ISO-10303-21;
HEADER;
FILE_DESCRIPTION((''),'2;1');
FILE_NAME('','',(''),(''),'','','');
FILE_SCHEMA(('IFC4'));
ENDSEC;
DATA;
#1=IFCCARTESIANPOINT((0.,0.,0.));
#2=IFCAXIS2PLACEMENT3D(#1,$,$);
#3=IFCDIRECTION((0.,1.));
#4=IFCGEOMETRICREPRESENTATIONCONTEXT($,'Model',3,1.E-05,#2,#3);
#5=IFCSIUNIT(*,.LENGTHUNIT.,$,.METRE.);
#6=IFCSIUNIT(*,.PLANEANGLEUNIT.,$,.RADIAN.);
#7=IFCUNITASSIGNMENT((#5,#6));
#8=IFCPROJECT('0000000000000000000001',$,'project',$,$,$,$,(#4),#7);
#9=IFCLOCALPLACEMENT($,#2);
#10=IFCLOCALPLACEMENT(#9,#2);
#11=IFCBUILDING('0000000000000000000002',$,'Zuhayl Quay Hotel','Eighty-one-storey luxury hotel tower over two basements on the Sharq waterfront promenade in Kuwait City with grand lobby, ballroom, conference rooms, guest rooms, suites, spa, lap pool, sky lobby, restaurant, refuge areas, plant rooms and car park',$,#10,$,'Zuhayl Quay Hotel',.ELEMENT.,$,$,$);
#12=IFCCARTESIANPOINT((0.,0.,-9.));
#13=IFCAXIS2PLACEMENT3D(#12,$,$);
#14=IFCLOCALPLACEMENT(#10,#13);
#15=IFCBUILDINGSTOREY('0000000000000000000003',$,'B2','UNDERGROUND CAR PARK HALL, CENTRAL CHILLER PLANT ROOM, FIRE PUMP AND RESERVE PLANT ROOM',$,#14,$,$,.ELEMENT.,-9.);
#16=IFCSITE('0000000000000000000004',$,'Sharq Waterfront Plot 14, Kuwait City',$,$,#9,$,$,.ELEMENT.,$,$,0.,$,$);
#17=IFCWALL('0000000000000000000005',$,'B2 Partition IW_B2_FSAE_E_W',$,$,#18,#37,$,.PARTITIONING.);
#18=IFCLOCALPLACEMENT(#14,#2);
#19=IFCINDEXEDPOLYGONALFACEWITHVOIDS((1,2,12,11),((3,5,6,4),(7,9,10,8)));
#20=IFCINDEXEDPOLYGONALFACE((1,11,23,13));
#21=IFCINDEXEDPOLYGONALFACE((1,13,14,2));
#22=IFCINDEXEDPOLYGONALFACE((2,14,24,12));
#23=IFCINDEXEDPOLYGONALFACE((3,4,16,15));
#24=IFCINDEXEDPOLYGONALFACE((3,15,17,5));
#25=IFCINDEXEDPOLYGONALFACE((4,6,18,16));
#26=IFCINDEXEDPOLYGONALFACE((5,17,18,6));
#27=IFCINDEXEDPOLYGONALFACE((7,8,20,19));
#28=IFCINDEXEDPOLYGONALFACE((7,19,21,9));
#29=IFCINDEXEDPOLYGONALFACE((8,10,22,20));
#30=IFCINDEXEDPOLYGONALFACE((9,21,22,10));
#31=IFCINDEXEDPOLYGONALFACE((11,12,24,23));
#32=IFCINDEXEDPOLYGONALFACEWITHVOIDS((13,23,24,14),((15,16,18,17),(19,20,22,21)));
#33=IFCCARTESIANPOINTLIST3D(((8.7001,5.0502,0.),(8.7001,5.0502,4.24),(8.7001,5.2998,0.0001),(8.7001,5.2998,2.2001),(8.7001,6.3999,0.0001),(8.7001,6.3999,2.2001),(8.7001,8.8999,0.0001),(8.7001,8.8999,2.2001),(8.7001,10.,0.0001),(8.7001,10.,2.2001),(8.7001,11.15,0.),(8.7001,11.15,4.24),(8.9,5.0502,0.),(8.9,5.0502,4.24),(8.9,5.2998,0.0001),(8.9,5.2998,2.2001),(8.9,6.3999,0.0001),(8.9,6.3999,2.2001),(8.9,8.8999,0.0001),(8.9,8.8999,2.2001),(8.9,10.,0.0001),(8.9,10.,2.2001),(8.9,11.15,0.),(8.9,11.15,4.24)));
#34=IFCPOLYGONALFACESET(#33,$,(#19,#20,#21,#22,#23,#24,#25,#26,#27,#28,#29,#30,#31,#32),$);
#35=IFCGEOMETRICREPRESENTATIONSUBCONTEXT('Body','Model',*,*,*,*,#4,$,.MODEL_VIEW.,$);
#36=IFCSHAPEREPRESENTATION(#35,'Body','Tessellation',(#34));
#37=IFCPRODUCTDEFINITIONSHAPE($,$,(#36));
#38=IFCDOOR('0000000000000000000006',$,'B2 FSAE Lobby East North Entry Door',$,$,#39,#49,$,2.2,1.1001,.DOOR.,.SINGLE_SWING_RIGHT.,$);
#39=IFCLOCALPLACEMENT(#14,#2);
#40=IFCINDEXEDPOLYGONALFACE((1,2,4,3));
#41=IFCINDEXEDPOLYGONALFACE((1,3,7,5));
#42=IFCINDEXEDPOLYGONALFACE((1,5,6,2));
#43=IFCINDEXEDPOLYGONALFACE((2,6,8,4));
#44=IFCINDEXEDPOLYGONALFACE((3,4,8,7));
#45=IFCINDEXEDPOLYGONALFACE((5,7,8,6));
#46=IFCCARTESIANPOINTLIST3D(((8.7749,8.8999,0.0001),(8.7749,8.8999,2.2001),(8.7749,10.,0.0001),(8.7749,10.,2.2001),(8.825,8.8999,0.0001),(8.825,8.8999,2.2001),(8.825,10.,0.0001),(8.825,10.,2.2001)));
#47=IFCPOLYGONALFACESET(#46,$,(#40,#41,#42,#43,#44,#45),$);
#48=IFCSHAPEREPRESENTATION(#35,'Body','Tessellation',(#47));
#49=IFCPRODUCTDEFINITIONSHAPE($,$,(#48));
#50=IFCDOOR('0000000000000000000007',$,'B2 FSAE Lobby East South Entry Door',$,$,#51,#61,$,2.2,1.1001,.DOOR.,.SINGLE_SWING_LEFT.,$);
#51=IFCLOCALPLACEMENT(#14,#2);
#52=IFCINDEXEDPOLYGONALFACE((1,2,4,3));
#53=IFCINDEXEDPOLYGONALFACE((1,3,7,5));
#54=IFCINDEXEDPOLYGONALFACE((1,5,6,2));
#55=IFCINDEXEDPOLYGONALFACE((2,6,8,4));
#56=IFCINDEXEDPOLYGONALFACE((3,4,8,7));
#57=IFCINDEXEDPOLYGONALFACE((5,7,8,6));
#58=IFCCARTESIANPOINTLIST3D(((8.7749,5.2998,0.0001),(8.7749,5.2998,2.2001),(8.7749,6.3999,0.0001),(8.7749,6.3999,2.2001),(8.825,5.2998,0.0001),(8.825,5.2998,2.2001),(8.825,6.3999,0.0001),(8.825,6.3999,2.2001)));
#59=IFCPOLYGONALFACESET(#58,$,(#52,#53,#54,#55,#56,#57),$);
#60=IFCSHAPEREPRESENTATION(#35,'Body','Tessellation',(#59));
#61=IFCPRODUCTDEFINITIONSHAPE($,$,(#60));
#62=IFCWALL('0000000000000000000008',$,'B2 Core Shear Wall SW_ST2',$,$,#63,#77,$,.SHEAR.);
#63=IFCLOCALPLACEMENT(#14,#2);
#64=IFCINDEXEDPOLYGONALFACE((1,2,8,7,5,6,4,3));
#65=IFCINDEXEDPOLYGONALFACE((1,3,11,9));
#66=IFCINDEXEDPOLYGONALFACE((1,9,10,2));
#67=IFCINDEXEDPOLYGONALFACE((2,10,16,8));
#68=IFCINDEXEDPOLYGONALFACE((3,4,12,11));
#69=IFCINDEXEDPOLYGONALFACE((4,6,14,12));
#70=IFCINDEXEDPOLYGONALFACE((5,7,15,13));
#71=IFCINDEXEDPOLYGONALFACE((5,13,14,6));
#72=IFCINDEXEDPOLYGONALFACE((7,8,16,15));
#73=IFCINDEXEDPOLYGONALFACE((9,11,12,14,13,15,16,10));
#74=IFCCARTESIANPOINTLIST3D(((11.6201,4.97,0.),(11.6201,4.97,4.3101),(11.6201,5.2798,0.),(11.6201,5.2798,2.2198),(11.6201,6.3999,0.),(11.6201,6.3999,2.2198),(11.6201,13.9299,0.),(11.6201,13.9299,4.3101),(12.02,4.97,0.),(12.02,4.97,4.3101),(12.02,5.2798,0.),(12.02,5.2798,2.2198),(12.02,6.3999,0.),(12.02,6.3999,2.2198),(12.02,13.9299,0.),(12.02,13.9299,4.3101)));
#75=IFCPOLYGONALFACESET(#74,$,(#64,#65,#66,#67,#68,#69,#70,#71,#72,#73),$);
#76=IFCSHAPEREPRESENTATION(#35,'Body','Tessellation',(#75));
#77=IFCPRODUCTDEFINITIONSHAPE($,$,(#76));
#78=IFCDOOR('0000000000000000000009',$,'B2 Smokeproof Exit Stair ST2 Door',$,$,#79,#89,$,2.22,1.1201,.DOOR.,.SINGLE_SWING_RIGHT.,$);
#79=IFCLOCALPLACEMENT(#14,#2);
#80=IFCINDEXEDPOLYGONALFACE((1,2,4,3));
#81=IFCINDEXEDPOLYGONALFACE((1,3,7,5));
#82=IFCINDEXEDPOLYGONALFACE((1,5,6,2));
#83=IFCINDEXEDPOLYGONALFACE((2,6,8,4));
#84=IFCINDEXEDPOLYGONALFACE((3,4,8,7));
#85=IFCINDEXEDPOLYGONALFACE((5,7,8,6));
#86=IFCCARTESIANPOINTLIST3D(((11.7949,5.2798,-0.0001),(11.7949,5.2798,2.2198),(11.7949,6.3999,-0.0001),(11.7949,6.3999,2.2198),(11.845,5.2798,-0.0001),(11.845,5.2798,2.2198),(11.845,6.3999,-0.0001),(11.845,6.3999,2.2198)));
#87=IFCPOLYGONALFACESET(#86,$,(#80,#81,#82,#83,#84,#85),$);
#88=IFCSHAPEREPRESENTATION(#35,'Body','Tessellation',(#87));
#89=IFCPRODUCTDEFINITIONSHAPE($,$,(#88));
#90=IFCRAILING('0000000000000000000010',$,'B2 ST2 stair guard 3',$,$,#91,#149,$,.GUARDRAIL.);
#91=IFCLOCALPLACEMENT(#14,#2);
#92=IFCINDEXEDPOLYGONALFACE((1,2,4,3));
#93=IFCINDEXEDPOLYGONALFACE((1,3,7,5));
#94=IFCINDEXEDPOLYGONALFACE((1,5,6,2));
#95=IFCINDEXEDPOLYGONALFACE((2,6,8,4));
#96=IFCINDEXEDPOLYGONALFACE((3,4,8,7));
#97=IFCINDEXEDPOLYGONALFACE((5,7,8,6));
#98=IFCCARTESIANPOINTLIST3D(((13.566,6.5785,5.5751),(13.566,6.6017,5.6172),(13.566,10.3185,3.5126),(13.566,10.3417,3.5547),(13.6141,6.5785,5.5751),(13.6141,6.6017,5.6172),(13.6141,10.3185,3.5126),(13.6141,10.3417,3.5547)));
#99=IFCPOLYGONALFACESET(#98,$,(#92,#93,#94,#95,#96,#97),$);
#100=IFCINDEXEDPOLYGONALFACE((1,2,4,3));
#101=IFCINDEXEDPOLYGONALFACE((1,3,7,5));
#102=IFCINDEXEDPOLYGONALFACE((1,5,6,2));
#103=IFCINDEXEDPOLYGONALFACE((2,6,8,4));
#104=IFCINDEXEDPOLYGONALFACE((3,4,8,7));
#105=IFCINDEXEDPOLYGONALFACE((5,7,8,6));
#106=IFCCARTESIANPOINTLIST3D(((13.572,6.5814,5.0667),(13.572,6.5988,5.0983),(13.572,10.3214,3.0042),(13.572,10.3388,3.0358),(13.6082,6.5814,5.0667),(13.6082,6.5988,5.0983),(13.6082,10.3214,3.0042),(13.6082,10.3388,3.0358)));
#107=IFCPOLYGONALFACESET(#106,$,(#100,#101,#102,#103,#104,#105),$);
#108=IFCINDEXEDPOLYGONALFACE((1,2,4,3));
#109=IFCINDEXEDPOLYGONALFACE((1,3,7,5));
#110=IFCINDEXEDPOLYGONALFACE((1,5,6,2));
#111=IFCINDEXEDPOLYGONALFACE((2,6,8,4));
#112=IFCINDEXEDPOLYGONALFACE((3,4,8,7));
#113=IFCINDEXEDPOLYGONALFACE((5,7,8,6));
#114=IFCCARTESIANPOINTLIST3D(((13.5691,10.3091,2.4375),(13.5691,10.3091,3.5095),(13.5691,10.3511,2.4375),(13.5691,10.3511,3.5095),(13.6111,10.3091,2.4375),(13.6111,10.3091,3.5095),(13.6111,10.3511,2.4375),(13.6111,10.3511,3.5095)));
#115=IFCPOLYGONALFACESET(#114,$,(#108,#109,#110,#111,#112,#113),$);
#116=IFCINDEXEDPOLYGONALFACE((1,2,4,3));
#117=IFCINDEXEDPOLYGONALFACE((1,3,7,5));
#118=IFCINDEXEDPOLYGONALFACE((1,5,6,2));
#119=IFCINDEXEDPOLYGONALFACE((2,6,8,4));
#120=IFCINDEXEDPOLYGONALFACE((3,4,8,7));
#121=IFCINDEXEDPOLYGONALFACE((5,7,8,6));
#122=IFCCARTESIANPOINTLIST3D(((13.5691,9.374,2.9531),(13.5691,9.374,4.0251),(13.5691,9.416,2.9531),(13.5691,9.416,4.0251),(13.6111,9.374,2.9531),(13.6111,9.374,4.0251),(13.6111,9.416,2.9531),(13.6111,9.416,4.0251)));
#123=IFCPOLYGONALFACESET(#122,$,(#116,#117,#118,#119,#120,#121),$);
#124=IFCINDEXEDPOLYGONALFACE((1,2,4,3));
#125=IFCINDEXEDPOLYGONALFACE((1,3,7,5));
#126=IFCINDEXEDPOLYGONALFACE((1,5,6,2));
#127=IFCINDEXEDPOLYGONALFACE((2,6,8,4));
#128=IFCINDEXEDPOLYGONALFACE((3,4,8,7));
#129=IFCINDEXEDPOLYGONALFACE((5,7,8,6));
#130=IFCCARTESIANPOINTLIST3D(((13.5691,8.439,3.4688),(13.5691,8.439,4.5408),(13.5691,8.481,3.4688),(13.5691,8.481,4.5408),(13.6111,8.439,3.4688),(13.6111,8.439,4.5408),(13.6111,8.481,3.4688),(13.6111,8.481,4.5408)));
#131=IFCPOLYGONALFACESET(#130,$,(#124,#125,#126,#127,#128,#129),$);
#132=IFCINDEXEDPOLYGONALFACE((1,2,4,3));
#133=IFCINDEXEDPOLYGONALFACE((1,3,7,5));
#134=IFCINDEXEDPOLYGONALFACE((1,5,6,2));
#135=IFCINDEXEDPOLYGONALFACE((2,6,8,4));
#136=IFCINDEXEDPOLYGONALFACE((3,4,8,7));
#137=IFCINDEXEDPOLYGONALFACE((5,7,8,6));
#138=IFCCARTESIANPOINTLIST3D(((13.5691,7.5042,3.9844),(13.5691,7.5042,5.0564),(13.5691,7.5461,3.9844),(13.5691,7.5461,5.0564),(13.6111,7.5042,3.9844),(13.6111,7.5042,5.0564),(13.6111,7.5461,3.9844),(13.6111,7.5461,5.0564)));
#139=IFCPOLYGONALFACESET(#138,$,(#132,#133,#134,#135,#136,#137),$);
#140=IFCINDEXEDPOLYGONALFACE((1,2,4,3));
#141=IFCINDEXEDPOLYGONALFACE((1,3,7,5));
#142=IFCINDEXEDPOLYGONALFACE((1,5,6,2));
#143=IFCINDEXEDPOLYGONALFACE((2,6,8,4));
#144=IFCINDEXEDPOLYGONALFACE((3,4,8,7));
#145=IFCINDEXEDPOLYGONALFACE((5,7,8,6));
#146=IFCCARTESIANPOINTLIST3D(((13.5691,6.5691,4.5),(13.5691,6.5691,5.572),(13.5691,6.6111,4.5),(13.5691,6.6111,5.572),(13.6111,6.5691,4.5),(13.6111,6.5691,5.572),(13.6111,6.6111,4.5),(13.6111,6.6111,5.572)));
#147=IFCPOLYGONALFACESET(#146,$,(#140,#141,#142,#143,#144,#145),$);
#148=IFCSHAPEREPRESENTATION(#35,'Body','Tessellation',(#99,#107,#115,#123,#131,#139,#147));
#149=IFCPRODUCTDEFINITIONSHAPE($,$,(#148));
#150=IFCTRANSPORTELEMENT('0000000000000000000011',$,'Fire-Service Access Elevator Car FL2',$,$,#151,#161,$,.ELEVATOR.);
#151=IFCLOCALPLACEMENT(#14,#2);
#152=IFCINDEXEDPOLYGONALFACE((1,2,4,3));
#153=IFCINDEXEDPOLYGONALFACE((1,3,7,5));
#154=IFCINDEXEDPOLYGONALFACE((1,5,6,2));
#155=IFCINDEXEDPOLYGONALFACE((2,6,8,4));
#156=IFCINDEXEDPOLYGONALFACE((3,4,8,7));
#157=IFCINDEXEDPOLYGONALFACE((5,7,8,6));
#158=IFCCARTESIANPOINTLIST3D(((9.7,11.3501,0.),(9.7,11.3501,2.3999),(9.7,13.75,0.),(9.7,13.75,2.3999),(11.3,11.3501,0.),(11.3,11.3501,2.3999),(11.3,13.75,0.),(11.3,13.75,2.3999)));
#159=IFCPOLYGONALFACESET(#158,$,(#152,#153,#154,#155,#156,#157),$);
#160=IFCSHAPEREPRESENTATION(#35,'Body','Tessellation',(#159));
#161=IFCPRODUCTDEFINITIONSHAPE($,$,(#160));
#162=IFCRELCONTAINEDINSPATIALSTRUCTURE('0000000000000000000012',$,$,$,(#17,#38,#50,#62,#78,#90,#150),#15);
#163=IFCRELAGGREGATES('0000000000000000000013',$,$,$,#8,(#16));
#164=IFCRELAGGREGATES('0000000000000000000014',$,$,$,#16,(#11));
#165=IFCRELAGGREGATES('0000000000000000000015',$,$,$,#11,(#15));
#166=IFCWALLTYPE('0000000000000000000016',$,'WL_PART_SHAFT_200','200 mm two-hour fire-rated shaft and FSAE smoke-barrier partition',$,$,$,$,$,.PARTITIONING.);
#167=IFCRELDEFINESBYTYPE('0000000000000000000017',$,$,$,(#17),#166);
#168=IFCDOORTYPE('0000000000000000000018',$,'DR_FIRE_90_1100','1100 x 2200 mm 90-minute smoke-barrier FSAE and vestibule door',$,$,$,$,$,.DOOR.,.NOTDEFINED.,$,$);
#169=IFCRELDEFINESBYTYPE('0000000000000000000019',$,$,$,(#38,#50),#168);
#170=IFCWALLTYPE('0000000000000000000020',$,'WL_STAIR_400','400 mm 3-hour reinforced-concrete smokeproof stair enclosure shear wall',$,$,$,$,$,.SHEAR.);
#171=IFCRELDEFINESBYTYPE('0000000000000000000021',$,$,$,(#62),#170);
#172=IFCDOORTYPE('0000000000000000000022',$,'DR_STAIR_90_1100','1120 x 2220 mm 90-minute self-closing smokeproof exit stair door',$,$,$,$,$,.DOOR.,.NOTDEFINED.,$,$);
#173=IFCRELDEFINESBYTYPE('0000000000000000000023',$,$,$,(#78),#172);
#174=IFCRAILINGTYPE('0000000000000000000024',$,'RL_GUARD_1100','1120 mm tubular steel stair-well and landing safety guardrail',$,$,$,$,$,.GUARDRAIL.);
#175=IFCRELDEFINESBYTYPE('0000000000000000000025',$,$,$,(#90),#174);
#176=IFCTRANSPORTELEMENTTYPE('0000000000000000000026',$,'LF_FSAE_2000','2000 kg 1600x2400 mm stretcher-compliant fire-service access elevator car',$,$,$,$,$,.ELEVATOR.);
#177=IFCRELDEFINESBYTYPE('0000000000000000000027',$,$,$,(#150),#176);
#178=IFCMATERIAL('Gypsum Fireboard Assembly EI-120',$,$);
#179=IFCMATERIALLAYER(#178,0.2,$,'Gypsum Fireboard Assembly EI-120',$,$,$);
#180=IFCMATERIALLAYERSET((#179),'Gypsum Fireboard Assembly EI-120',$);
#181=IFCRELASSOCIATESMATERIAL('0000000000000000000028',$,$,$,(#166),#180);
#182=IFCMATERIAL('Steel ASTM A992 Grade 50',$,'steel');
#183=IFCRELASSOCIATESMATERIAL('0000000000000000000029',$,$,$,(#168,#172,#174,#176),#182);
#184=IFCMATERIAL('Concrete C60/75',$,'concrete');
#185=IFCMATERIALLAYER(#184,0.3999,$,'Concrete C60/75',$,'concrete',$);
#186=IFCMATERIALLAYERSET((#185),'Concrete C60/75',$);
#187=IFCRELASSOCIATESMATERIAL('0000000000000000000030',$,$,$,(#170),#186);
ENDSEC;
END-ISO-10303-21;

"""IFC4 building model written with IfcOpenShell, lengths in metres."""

from ifc_helpers import new_model, si_unit, direction, frame, frame_2d, origin, origin_2d, place, context, subcontext, project, spatial, rectangle, extrude, material, layer, layer_set, type_object, element, fill, save


model = new_model("IFC4")

# Units and contexts
model_context = context("Model", 3, precision=1e-05, world=origin(), true_north=direction((0.0, 1.0)))
body_context = subcontext(model_context, "Body", "Model", "MODEL_VIEW")
ifc_project = project(units=[si_unit("LENGTHUNIT", "METRE"), si_unit("PLANEANGLEUNIT", "RADIAN")], contexts=[model_context])

# Site, building, storey
site_placement = place(None, origin())
site = spatial("IfcSite", under=ifc_project, at=site_placement, Name="Sharq Waterfront Plot 14, Kuwait City", CompositionType="ELEMENT", RefElevation=0.0)
building_placement = place(site_placement, origin())
building = spatial("IfcBuilding", under=site, at=building_placement, Name="Zuhayl Quay Hotel", Description="Eighty-one-storey luxury hotel tower over two basements on the Sharq waterfront promenade in Kuwait City with grand lobby, ballroom, conference rooms, guest rooms, suites, spa, lap pool, sky lobby, restaurant, refuge areas, plant rooms and car park", LongName="Zuhayl Quay Hotel", CompositionType="ELEMENT")
storey_placement = place(building_placement, frame((0.0, 0.0, -9.0)))
storey = spatial("IfcBuildingStorey", under=building, at=storey_placement, Name="B2", Description="UNDERGROUND CAR PARK HALL, CENTRAL CHILLER PLANT ROOM, FIRE PUMP AND RESERVE PLANT ROOM", CompositionType="ELEMENT", Elevation=-9.0)

# Shared definitions
ifc_material_1 = material(Name="Concrete C60/75", Category="concrete")

# Wall, openings, doors
ifc_material_2 = material(Name="Gypsum Fireboard Assembly EI-120")
ifc_layer_1 = layer(ifc_material_2, 0.2, Name="Gypsum Fireboard Assembly EI-120")
ifc_layer_set_1 = layer_set([ifc_layer_1], Name="Gypsum Fireboard Assembly EI-120")
wall_type_1 = type_object("IfcWallType", Name="WL_PART_SHAFT_200", Description="200 mm two-hour fire-rated shaft and FSAE smoke-barrier partition", PredefinedType="PARTITIONING", material=ifc_layer_set_1)
wall_1_placement = place(storey_placement, frame((8.8, 11.1499, 0.0), z_axis=(0.0, 0.0, 1.0), x_axis=(0.0, -1.0, 0.0)))
wall_1 = element("IfcWall", 1, at=wall_1_placement, inside=storey, type_object=wall_type_1, Name="B2 Partition IW_B2_FSAE_E_W", PredefinedType="PARTITIONING", context=body_context, shape_type="SweptSolid", body=[
    extrude(rectangle(XDim=6.0999, YDim=0.2, at=frame_2d((3.0498, 0.0))), origin(), (0.0, 0.0, 1.0), 4.24),
])
opening_1_placement = place(wall_1_placement, frame((1.1499, 0.0, 0.0)))
opening_1 = element("IfcOpeningElement", 2, at=opening_1_placement, cuts=wall_1, PredefinedType="OPENING", context=body_context, shape_type="SweptSolid", body=[
    extrude(rectangle(XDim=1.1001, YDim=2.2, at=frame_2d((0.55, 1.1001))), frame((0.0, 0.1099, 0.0), z_axis=(0.0, -1.0, 0.0), x_axis=(1.0, 0.0, 0.0)), (0.0, 0.0, 1.0), 0.22),
])
opening_2_placement = place(wall_1_placement, frame((4.75, 0.0, 0.0)))
opening_2 = element("IfcOpeningElement", 3, at=opening_2_placement, cuts=wall_1, PredefinedType="OPENING", context=body_context, shape_type="SweptSolid", body=[
    extrude(rectangle(XDim=1.1001, YDim=2.2, at=frame_2d((0.55, 1.1001))), frame((0.0, 0.1099, 0.0), z_axis=(0.0, -1.0, 0.0), x_axis=(1.0, 0.0, 0.0)), (0.0, 0.0, 1.0), 0.22),
])
ifc_material_3 = material(Name="Steel ASTM A992 Grade 50", Category="steel")
door_type_1 = type_object("IfcDoorType", Name="DR_FIRE_90_1100", Description="1100 x 2200 mm 90-minute smoke-barrier FSAE and vestibule door", OperationType="NOTDEFINED", PredefinedType="DOOR", material=ifc_material_3)
door_1_placement = place(opening_1_placement, origin())
door_1 = element("IfcDoor", 4, at=door_1_placement, inside=storey, type_object=door_type_1, Name="B2 FSAE Lobby East North Entry Door", OperationType="SINGLE_SWING_RIGHT", OverallHeight=2.2, OverallWidth=1.1001, PredefinedType="DOOR", context=body_context, shape_type="SweptSolid", body=[
    extrude(rectangle(XDim=1.1001, YDim=2.2, at=frame_2d((0.55, 1.1001))), frame((0.0, 0.0249, 0.0), z_axis=(0.0, -1.0, 0.0), x_axis=(1.0, 0.0, 0.0)), (0.0, 0.0, 1.0), 0.05),
])
fill(opening_1, door_1)
door_2_placement = place(opening_2_placement, origin())
door_2 = element("IfcDoor", 5, at=door_2_placement, inside=storey, type_object=door_type_1, Name="B2 FSAE Lobby East South Entry Door", OperationType="SINGLE_SWING_LEFT", OverallHeight=2.2, OverallWidth=1.1001, PredefinedType="DOOR", context=body_context, shape_type="SweptSolid", body=[
    extrude(rectangle(XDim=1.1001, YDim=2.2, at=frame_2d((0.55, 1.1001))), frame((0.0, 0.0249, 0.0), z_axis=(0.0, -1.0, 0.0), x_axis=(1.0, 0.0, 0.0)), (0.0, 0.0, 1.0), 0.05),
])
fill(opening_2, door_2)

# Wall, opening, door
ifc_layer_2 = layer(ifc_material_1, 0.3999, Name="Concrete C60/75", Category="concrete")
ifc_layer_set_2 = layer_set([ifc_layer_2], Name="Concrete C60/75")
wall_type_2 = type_object("IfcWallType", Name="WL_STAIR_400", Description="400 mm 3-hour reinforced-concrete smokeproof stair enclosure shear wall", PredefinedType="SHEAR", material=ifc_layer_set_2)
wall_2_placement = place(storey_placement, frame((11.8201, 13.9299, 0.0), z_axis=(0.0, 0.0, 1.0), x_axis=(0.0, -1.0, 0.0)))
wall_2 = element("IfcWall", 6, at=wall_2_placement, inside=storey, type_object=wall_type_2, Name="B2 Core Shear Wall SW_ST2", PredefinedType="SHEAR", context=body_context, shape_type="SweptSolid", body=[
    extrude(rectangle(XDim=8.96, YDim=0.3999, at=frame_2d((4.48, 0.0))), origin(), (0.0, 0.0, 1.0), 4.3101),
])
opening_3_placement = place(wall_2_placement, frame((7.53, 0.0, 0.0)))
opening_3 = element("IfcOpeningElement", 7, at=opening_3_placement, cuts=wall_2, PredefinedType="OPENING", context=body_context, shape_type="SweptSolid", body=[
    extrude(rectangle(XDim=1.1201, YDim=2.22, at=frame_2d((0.5601, 1.1099))), frame((0.0, 0.21, 0.0), z_axis=(0.0, -1.0, 0.0), x_axis=(1.0, 0.0, 0.0)), (0.0, 0.0, 1.0), 0.4199),
])
door_type_2 = type_object("IfcDoorType", Name="DR_STAIR_90_1100", Description="1120 x 2220 mm 90-minute self-closing smokeproof exit stair door", OperationType="NOTDEFINED", PredefinedType="DOOR", material=ifc_material_3)
door_3_placement = place(opening_3_placement, origin())
door_3 = element("IfcDoor", 8, at=door_3_placement, inside=storey, type_object=door_type_2, Name="B2 Smokeproof Exit Stair ST2 Door", OperationType="SINGLE_SWING_RIGHT", OverallHeight=2.22, OverallWidth=1.1201, PredefinedType="DOOR", context=body_context, shape_type="SweptSolid", body=[
    extrude(rectangle(XDim=1.1201, YDim=2.22, at=frame_2d((0.5601, 1.1099))), frame((0.0, 0.0249, 0.0), z_axis=(0.0, -1.0, 0.0), x_axis=(1.0, 0.0, 0.0)), (0.0, 0.0, 1.0), 0.05),
])
fill(opening_3, door_3)

# Railing
railing_type = type_object("IfcRailingType", Name="RL_GUARD_1100", Description="1120 mm tubular steel stair-well and landing safety guardrail", PredefinedType="GUARDRAIL", material=ifc_material_3)
railing_placement = place(storey_placement, frame((13.5901, 10.3301, 2.4375)))
element("IfcRailing", 9, at=railing_placement, inside=storey, type_object=railing_type, Name="B2 ST2 stair guard 3", PredefinedType="GUARDRAIL", context=body_context, shape_type="SweptSolid", body=[
    extrude(rectangle(XDim=0.0481, YDim=0.0481, at=origin_2d()), frame((0.0, 0.0, 1.0962), z_axis=(0.0, -0.875671, 0.482908), x_axis=(1.0, 0.0, 0.0)), (0.0, 0.0, 1.0), 4.271),
    extrude(rectangle(XDim=0.0361, YDim=0.0361, at=origin_2d()), frame((0.0, 0.0, 0.5825), z_axis=(0.0, -0.875671, 0.482908), x_axis=(1.0, 0.0, 0.0)), (0.0, 0.0, 1.0), 4.271),
    extrude(rectangle(XDim=0.042, YDim=0.042, at=origin_2d()), origin(), (0.0, 0.0, 1.0), 1.072),
    extrude(rectangle(XDim=0.042, YDim=0.042, at=origin_2d()), frame((0.0, -0.9351, 0.5156)), (0.0, 0.0, 1.0), 1.072),
    extrude(rectangle(XDim=0.042, YDim=0.042, at=origin_2d()), frame((0.0, -1.8701, 1.0312)), (0.0, 0.0, 1.0), 1.072),
    extrude(rectangle(XDim=0.042, YDim=0.042, at=origin_2d()), frame((0.0, -2.8049, 1.5469)), (0.0, 0.0, 1.0), 1.072),
    extrude(rectangle(XDim=0.042, YDim=0.042, at=origin_2d()), frame((0.0, -3.74, 2.0625)), (0.0, 0.0, 1.0), 1.072),
])

# Transport element
transport_element_type = type_object("IfcTransportElementType", Name="LF_FSAE_2000", Description="2000 kg 1600x2400 mm stretcher-compliant fire-service access elevator car", PredefinedType="ELEVATOR", material=ifc_material_3)
transport_element_placement = place(storey_placement, frame((10.5, 12.55, 0.0), z_axis=(0.0, 0.0, 1.0), x_axis=(1.0, 0.0, 0.0)))
element("IfcTransportElement", 10, at=transport_element_placement, inside=storey, type_object=transport_element_type, Name="Fire-Service Access Elevator Car FL2", PredefinedType="ELEVATOR", context=body_context, shape_type="SweptSolid", body=[
    extrude(rectangle(XDim=1.6001, YDim=2.3999, at=origin_2d()), origin(), (0.0, 0.0, 1.0), 2.3999),
])

save(model, "model.ifc")
